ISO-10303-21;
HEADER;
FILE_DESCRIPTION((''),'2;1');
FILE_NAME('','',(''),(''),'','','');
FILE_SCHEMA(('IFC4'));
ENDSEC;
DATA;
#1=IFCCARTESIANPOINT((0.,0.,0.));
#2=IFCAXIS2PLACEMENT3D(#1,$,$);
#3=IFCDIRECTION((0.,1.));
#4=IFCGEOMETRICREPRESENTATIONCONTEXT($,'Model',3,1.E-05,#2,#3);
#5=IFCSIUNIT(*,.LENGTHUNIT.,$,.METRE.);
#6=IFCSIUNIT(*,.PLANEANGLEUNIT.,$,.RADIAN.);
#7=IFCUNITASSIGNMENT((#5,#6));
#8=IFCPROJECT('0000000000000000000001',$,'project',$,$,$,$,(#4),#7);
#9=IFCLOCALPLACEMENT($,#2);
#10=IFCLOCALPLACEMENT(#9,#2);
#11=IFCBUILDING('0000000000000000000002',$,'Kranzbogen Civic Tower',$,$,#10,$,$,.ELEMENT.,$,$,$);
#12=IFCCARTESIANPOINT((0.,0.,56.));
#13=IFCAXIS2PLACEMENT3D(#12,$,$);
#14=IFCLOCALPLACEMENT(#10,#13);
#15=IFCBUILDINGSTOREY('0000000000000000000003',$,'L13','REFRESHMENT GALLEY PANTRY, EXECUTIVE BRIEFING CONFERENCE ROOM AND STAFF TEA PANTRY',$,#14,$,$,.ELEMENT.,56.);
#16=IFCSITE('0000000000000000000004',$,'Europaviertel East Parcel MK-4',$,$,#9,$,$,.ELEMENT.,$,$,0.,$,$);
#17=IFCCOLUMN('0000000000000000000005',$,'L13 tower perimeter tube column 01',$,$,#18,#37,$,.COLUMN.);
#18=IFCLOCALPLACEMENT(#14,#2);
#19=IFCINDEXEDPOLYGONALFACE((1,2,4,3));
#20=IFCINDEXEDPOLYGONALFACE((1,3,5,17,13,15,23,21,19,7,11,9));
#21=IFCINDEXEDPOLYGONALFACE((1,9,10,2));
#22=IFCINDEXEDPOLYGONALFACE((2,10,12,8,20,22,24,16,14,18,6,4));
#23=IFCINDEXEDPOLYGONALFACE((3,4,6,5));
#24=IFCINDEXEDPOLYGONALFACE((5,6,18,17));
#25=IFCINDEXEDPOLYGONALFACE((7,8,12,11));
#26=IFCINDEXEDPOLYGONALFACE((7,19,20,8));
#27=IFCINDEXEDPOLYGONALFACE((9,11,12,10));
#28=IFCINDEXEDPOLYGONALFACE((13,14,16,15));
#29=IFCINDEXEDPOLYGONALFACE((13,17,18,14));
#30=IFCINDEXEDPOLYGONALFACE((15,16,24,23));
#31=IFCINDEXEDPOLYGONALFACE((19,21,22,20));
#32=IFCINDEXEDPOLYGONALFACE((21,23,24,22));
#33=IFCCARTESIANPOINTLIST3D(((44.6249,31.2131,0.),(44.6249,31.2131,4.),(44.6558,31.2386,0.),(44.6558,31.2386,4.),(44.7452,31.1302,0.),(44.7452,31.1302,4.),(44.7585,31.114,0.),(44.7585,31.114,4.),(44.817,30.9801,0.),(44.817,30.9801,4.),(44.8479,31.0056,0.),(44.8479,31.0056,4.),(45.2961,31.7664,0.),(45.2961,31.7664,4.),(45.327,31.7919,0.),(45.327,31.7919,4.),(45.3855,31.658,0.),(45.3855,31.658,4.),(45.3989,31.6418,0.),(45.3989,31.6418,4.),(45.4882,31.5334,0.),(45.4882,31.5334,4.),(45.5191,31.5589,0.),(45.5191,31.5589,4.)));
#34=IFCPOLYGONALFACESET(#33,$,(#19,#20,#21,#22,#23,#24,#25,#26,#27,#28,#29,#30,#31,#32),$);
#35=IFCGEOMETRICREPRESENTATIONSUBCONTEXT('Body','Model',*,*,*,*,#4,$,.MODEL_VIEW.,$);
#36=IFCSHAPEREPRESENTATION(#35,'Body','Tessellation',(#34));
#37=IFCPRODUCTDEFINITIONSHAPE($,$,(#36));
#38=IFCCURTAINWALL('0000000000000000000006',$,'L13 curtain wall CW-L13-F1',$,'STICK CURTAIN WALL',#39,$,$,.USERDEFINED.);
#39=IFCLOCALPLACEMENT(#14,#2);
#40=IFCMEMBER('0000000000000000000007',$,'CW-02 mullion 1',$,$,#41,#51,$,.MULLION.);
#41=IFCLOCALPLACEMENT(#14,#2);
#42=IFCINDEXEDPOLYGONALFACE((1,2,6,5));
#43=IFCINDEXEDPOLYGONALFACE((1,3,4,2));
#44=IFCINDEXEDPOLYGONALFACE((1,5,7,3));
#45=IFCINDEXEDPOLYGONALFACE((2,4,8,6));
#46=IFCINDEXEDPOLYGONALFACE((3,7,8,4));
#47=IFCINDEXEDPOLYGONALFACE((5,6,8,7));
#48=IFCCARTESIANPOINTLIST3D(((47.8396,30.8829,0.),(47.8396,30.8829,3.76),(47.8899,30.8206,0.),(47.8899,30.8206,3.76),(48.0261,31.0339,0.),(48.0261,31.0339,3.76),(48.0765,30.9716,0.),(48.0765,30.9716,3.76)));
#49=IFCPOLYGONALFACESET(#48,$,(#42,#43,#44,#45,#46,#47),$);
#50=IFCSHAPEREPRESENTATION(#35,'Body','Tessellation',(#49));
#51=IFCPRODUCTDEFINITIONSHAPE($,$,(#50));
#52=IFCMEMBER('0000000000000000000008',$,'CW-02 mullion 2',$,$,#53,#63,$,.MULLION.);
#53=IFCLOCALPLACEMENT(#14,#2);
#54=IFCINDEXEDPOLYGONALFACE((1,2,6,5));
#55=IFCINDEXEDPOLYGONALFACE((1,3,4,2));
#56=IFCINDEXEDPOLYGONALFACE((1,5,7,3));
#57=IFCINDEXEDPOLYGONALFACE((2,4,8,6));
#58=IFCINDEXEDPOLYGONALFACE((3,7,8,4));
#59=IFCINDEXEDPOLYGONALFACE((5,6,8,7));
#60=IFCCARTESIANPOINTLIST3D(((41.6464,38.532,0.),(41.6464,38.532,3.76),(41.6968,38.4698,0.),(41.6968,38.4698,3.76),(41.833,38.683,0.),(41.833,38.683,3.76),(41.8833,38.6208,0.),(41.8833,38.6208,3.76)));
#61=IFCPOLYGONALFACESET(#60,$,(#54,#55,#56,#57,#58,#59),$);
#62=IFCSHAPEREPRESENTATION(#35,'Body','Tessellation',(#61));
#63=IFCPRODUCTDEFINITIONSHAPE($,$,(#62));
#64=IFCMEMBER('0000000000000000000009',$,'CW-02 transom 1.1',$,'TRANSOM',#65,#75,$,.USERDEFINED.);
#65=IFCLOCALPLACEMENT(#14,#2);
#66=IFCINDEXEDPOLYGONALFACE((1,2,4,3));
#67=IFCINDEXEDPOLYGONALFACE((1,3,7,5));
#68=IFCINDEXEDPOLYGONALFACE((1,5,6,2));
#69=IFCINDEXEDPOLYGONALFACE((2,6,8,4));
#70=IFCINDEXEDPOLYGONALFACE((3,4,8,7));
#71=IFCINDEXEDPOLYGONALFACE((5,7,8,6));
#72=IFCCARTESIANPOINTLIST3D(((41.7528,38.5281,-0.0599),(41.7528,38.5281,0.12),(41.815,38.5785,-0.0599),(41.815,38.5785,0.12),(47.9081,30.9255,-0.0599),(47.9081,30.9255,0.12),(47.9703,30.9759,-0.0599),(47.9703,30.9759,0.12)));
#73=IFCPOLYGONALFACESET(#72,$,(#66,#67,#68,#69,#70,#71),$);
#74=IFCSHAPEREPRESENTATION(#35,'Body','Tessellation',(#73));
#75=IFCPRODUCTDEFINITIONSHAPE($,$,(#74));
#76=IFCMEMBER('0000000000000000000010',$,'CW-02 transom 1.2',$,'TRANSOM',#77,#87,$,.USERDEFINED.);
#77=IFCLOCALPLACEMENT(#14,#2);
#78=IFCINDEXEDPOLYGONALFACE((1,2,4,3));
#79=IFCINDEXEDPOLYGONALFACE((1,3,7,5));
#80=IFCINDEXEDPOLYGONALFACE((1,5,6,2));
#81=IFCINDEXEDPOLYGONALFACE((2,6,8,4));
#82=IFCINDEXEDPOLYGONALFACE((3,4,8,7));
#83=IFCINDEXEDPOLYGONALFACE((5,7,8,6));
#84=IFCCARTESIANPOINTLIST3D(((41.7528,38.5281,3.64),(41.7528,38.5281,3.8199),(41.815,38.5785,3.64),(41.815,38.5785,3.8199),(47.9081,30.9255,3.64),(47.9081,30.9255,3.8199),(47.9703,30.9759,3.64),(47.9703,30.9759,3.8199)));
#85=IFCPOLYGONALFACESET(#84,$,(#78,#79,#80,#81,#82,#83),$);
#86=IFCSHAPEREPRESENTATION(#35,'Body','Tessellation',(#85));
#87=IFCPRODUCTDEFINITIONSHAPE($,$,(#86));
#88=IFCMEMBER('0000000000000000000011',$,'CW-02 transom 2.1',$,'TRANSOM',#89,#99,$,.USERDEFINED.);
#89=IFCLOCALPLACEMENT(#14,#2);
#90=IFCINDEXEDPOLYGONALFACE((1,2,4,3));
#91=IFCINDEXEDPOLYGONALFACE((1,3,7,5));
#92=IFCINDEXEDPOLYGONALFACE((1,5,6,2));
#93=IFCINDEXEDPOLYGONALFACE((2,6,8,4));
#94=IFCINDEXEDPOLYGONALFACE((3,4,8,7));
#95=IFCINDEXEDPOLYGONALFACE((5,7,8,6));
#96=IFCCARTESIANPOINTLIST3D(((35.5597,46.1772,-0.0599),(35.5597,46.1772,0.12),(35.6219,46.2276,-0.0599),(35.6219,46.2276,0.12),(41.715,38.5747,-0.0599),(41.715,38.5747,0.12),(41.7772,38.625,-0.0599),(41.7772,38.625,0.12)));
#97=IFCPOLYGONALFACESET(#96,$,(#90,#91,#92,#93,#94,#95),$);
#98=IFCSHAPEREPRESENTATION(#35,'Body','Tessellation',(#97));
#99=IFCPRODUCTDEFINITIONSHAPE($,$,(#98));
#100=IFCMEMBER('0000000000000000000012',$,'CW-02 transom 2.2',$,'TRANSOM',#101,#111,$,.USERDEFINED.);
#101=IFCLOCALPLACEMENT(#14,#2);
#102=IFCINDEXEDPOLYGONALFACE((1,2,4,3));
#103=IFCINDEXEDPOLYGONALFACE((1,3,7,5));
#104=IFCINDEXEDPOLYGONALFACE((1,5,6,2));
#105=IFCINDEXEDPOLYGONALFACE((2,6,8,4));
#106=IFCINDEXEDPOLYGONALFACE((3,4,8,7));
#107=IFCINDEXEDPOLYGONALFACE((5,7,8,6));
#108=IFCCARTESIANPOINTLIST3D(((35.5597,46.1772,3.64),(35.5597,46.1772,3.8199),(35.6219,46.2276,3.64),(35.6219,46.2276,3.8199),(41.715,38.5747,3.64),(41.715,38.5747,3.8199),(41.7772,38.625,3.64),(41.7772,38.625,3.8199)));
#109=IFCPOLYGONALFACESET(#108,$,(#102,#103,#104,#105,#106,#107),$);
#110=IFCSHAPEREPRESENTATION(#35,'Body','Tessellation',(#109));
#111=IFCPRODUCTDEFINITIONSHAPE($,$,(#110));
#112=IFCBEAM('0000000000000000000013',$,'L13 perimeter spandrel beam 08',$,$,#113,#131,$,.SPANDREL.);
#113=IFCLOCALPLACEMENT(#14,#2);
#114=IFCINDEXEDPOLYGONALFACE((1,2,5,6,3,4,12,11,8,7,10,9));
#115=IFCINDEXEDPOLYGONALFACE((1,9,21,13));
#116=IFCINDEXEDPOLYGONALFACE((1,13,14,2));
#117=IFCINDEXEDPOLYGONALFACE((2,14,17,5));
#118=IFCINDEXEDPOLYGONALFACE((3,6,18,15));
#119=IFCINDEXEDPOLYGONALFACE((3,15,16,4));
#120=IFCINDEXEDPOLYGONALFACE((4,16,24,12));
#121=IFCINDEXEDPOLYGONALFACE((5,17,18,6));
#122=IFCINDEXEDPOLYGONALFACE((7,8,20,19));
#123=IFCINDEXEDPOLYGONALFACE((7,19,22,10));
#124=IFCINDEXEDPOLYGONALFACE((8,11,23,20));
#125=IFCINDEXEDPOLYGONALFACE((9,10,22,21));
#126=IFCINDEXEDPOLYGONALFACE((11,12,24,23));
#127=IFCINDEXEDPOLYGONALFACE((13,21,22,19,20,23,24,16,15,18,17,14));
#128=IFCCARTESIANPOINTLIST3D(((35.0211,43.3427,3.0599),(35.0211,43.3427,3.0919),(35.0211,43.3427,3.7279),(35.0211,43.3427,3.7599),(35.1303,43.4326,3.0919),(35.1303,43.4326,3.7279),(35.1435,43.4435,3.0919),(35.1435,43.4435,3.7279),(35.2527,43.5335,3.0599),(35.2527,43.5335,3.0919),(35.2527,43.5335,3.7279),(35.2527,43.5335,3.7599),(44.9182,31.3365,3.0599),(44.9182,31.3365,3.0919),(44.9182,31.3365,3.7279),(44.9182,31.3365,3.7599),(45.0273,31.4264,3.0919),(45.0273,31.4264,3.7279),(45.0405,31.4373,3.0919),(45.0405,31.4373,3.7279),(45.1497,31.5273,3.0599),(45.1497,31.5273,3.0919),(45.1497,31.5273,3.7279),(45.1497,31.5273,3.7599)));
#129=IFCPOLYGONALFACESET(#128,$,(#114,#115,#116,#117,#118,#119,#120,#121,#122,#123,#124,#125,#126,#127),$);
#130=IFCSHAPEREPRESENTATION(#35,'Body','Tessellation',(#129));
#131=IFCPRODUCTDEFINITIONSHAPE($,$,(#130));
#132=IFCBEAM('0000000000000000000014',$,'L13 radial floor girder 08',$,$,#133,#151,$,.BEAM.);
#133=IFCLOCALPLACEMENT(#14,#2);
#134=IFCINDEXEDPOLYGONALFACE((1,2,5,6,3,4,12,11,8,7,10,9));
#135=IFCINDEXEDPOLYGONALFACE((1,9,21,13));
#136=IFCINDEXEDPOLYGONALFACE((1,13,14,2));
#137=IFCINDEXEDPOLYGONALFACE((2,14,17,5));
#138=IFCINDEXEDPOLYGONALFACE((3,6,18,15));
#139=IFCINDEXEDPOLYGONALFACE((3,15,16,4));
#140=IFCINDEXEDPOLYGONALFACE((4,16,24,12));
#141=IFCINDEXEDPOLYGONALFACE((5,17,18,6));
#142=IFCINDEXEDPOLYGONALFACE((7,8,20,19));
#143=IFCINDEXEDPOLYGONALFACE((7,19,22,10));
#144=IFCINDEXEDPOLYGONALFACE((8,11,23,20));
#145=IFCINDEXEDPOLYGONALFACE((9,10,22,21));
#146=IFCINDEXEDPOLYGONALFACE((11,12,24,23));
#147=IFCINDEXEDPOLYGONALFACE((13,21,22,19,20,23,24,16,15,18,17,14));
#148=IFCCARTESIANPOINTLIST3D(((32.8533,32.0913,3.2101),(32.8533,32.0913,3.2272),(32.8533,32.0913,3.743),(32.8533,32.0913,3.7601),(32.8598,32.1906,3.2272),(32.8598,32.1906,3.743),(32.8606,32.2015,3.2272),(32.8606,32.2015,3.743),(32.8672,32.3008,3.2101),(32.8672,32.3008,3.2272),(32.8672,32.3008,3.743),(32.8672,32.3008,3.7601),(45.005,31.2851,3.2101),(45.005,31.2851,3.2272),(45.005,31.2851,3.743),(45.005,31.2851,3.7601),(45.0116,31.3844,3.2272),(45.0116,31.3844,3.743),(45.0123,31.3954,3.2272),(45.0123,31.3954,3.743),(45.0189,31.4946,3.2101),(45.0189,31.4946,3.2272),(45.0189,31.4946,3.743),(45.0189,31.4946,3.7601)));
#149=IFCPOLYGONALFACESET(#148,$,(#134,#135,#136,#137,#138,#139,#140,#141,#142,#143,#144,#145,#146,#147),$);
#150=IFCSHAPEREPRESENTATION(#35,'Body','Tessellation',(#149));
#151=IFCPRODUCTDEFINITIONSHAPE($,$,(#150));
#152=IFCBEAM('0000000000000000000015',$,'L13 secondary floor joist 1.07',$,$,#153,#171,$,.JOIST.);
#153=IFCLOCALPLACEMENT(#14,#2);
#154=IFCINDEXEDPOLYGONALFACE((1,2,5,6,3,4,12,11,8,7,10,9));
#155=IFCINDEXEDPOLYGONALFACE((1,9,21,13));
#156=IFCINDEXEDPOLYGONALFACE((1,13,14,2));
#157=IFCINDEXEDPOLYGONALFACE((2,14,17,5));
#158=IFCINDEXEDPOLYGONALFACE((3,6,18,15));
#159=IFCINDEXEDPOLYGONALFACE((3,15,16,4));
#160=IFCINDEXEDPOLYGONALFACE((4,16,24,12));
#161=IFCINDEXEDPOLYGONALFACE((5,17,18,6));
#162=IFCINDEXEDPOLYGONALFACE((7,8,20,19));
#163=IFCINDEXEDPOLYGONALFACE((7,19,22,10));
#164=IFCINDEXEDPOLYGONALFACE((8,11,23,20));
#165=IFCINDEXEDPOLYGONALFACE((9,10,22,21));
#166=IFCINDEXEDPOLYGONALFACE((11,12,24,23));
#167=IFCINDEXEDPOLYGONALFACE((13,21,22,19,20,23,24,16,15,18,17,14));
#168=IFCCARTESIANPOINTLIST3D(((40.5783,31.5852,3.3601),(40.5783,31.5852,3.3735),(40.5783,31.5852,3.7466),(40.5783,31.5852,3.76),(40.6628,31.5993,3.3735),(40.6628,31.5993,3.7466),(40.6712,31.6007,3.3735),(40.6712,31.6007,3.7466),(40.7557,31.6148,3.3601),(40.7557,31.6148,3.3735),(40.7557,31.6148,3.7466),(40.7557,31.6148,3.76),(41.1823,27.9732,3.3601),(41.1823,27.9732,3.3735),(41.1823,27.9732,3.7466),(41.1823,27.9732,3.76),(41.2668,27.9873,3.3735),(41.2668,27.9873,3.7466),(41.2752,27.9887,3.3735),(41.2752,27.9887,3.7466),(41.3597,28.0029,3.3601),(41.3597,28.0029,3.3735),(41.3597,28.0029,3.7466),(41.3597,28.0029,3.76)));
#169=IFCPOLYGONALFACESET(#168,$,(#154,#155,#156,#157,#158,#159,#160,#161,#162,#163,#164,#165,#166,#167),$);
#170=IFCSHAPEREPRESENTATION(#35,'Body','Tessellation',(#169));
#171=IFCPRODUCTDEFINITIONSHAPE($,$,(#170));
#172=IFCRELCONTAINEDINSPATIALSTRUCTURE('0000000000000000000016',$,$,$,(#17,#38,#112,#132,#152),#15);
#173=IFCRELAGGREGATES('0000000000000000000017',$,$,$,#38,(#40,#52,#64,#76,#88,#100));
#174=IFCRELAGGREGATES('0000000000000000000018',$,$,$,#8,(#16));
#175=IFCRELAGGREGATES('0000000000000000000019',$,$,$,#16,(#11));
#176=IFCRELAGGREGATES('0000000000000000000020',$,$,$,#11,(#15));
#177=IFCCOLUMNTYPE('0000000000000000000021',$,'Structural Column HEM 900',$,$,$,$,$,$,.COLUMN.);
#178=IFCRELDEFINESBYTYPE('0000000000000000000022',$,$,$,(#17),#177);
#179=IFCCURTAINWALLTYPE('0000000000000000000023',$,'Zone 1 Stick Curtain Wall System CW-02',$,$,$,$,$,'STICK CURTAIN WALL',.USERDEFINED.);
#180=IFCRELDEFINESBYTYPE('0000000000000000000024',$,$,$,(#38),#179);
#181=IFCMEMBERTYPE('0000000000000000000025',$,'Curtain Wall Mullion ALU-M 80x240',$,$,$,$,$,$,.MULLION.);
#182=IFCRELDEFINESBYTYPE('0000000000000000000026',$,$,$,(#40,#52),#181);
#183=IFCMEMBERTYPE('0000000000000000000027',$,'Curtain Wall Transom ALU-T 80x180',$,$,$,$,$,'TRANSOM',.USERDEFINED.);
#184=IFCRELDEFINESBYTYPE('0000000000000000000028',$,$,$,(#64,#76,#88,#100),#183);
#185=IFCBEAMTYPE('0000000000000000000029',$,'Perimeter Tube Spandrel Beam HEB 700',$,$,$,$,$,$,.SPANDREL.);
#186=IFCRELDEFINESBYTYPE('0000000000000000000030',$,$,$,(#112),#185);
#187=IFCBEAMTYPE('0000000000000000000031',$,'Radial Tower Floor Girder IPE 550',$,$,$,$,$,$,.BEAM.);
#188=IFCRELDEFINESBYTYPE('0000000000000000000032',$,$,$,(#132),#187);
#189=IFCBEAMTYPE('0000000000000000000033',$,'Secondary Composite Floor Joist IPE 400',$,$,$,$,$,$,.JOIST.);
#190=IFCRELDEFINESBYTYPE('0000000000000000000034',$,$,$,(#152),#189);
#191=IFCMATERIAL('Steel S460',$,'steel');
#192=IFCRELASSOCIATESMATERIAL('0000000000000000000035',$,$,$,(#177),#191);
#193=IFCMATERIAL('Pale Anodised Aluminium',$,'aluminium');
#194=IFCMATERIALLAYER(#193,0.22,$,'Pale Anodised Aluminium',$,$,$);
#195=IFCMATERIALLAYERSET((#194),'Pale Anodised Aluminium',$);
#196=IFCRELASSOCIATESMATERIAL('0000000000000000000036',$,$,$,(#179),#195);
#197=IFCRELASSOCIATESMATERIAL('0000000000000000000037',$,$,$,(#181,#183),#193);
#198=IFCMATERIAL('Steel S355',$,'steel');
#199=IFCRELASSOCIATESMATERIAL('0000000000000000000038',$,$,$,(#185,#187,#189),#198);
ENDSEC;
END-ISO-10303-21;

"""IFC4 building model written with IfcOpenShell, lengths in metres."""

from ifc_helpers import new_model, si_unit, direction, frame, origin, origin_2d, place, context, subcontext, project, spatial, rectangle, i_section, extrude, material, layer, layer_set, material_profile, profile_set, type_object, element, aggregate, save


model = new_model("IFC4")

# Units and contexts
model_context = context("Model", 3, precision=1e-05, world=origin(), true_north=direction((0.0, 1.0)))
body_context = subcontext(model_context, "Body", "Model", "MODEL_VIEW")
ifc_project = project(units=[si_unit("LENGTHUNIT", "METRE"), si_unit("PLANEANGLEUNIT", "RADIAN")], contexts=[model_context])

# Site, building, storey
site_placement = place(None, origin())
site = spatial("IfcSite", under=ifc_project, at=site_placement, Name="Europaviertel East Parcel MK-4", CompositionType="ELEMENT", RefElevation=0.0)
building_placement = place(site_placement, origin())
building = spatial("IfcBuilding", under=site, at=building_placement, Name="Kranzbogen Civic Tower", CompositionType="ELEMENT")
storey_placement = place(building_placement, frame((0.0, 0.0, 56.0)))
storey = spatial("IfcBuildingStorey", under=building, at=storey_placement, Name="L13", Description="REFRESHMENT GALLEY PANTRY, EXECUTIVE BRIEFING CONFERENCE ROOM AND STAFF TEA PANTRY", CompositionType="ELEMENT", Elevation=56.0)

# Column
ifc_material_1 = material(Name="Steel S460", Category="steel")
ifc_material_profile_1 = material_profile(ifc_material_1, i_section(OverallWidth=0.302, OverallDepth=0.9099, WebThickness=0.021, FlangeThickness=0.04, at=origin_2d()), Name="HEM 900")
ifc_profile_set_1 = profile_set([ifc_material_profile_1], Name="Steel S460")
column_type = type_object("IfcColumnType", Name="Structural Column HEM 900", PredefinedType="COLUMN", material=ifc_profile_set_1)
column_placement = place(storey_placement, frame((45.072, 31.386, 0.0), z_axis=(0.0, 0.0, 1.0), x_axis=(-0.636078, 0.771625, 0.0)))
element("IfcColumn", 1, at=column_placement, inside=storey, type_object=column_type, Name="L13 tower perimeter tube column 01", PredefinedType="COLUMN", context=body_context, shape_type="SweptSolid", body=[
    extrude(i_section(OverallWidth=0.302, OverallDepth=0.9099, WebThickness=0.021, FlangeThickness=0.04, at=origin_2d()), origin(), (0.0, 0.0, 1.0), 4.0),
])

# Curtain wall, members
ifc_material_2 = material(Name="Pale Anodised Aluminium", Category="aluminium")
ifc_layer_1 = layer(ifc_material_2, 0.22, Name="Pale Anodised Aluminium")
ifc_layer_set_1 = layer_set([ifc_layer_1], Name="Pale Anodised Aluminium")
curtain_wall_type = type_object("IfcCurtainWallType", Name="Zone 1 Stick Curtain Wall System CW-02", ElementType="STICK CURTAIN WALL", PredefinedType="USERDEFINED", material=ifc_layer_set_1)
curtain_wall_placement = place(storey_placement, origin())
curtain_wall = element("IfcCurtainWall", 2, at=curtain_wall_placement, inside=storey, type_object=curtain_wall_type, Name="L13 curtain wall CW-L13-F1", ObjectType="STICK CURTAIN WALL", PredefinedType="USERDEFINED")
ifc_material_profile_2 = material_profile(ifc_material_2, rectangle(XDim=0.0801, YDim=0.24, at=origin_2d()), Name="ALU-M 80x240")
ifc_profile_set_2 = profile_set([ifc_material_profile_2], Name="Pale Anodised Aluminium")
member_type_1 = type_object("IfcMemberType", Name="Curtain Wall Mullion ALU-M 80x240", PredefinedType="MULLION", material=ifc_profile_set_2)
member_1_placement = place(storey_placement, frame((47.958, 30.9272, 0.0), z_axis=(0.0, 0.0, 1.0), x_axis=(-0.629255, 0.777199, 0.0)))
member_1 = element("IfcMember", 3, at=member_1_placement, type_object=member_type_1, Name="CW-02 mullion 1", PredefinedType="MULLION", context=body_context, shape_type="SweptSolid", body=[
    extrude(rectangle(XDim=0.0801, YDim=0.24, at=origin_2d()), origin(), (0.0, 0.0, 1.0), 3.76),
])
member_2_placement = place(storey_placement, frame((41.7649, 38.5764, 0.0), z_axis=(0.0, 0.0, 1.0), x_axis=(-0.629255, 0.777199, 0.0)))
member_2 = element("IfcMember", 4, at=member_2_placement, type_object=member_type_1, Name="CW-02 mullion 2", PredefinedType="MULLION", context=body_context, shape_type="SweptSolid", body=[
    extrude(rectangle(XDim=0.0801, YDim=0.24, at=origin_2d()), origin(), (0.0, 0.0, 1.0), 3.76),
])
ifc_material_profile_3 = material_profile(ifc_material_2, rectangle(XDim=0.0801, YDim=0.1799, at=origin_2d()), Name="ALU-T 80x180")
ifc_profile_set_3 = profile_set([ifc_material_profile_3], Name="Pale Anodised Aluminium")
member_type_2 = type_object("IfcMemberType", Name="Curtain Wall Transom ALU-T 80x180", ElementType="TRANSOM", PredefinedType="USERDEFINED", material=ifc_profile_set_3)
member_3_placement = place(storey_placement, frame((47.9392, 30.9507, 0.03), z_axis=(-0.62925, 0.777203, 0.0), x_axis=(-0.777203, -0.62925, 0.0)))
member_3 = element("IfcMember", 5, at=member_3_placement, type_object=member_type_2, Name="CW-02 transom 1.1", ObjectType="TRANSOM", PredefinedType="USERDEFINED", context=body_context, shape_type="SweptSolid", body=[
    extrude(rectangle(XDim=0.0801, YDim=0.1799, at=origin_2d()), origin(), (0.0, 0.0, 1.0), 9.782),
])
member_4_placement = place(storey_placement, frame((47.9392, 30.9507, 3.73), z_axis=(-0.62925, 0.777203, 0.0), x_axis=(-0.777203, -0.62925, 0.0)))
member_4 = element("IfcMember", 6, at=member_4_placement, type_object=member_type_2, Name="CW-02 transom 1.2", ObjectType="TRANSOM", PredefinedType="USERDEFINED", context=body_context, shape_type="SweptSolid", body=[
    extrude(rectangle(XDim=0.0801, YDim=0.1799, at=origin_2d()), origin(), (0.0, 0.0, 1.0), 9.782),
])
member_5_placement = place(storey_placement, frame((41.7461, 38.5999, 0.03), z_axis=(-0.62925, 0.777203, 0.0), x_axis=(-0.777203, -0.62925, 0.0)))
member_5 = element("IfcMember", 7, at=member_5_placement, type_object=member_type_2, Name="CW-02 transom 2.1", ObjectType="TRANSOM", PredefinedType="USERDEFINED", context=body_context, shape_type="SweptSolid", body=[
    extrude(rectangle(XDim=0.0801, YDim=0.1799, at=origin_2d()), origin(), (0.0, 0.0, 1.0), 9.782),
])
member_6_placement = place(storey_placement, frame((41.7461, 38.5999, 3.73), z_axis=(-0.62925, 0.777203, 0.0), x_axis=(-0.777203, -0.62925, 0.0)))
member_6 = element("IfcMember", 8, at=member_6_placement, type_object=member_type_2, Name="CW-02 transom 2.2", ObjectType="TRANSOM", PredefinedType="USERDEFINED", context=body_context, shape_type="SweptSolid", body=[
    extrude(rectangle(XDim=0.0801, YDim=0.1799, at=origin_2d()), origin(), (0.0, 0.0, 1.0), 9.782),
])

# Beams
ifc_material_3 = material(Name="Steel S355", Category="steel")
ifc_material_profile_4 = material_profile(ifc_material_3, i_section(OverallWidth=0.3, OverallDepth=0.7, WebThickness=0.0171, FlangeThickness=0.032, at=origin_2d()), Name="HEB 700")
ifc_profile_set_4 = profile_set([ifc_material_profile_4], Name="Steel S355")
beam_type_1 = type_object("IfcBeamType", Name="Perimeter Tube Spandrel Beam HEB 700", PredefinedType="SPANDREL", material=ifc_profile_set_4)
beam_1_placement = place(storey_placement, frame((45.0339, 31.4319, 3.4099), z_axis=(-0.636075, 0.771628, 0.0), x_axis=(-0.771628, -0.636075, 0.0)))
element("IfcBeam", 9, at=beam_1_placement, inside=storey, type_object=beam_type_1, Name="L13 perimeter spandrel beam 08", PredefinedType="SPANDREL", context=body_context, shape_type="SweptSolid", body=[
    extrude(i_section(OverallWidth=0.3, OverallDepth=0.7, WebThickness=0.0171, FlangeThickness=0.032, at=origin_2d()), origin(), (0.0, 0.0, 1.0), 15.5596),
])
ifc_material_profile_5 = material_profile(ifc_material_3, i_section(OverallWidth=0.21, OverallDepth=0.55, WebThickness=0.011, FlangeThickness=0.0171, at=origin_2d()), Name="IPE 550")
ifc_profile_set_5 = profile_set([ifc_material_profile_5], Name="Steel S355")
beam_type_2 = type_object("IfcBeamType", Name="Radial Tower Floor Girder IPE 550", PredefinedType="BEAM", material=ifc_profile_set_5)
beam_2_placement = place(storey_placement, frame((45.012, 31.3899, 3.4851), z_axis=(-0.997807, 0.066194, 0.0), x_axis=(-0.066194, -0.997807, 0.0)))
element("IfcBeam", 10, at=beam_2_placement, inside=storey, type_object=beam_type_2, Name="L13 radial floor girder 08", PredefinedType="BEAM", context=body_context, shape_type="SweptSolid", body=[
    extrude(i_section(OverallWidth=0.21, OverallDepth=0.55, WebThickness=0.011, FlangeThickness=0.0171, at=origin_2d()), origin(), (0.0, 0.0, 1.0), 12.1785),
])
ifc_material_profile_6 = material_profile(ifc_material_3, i_section(OverallWidth=0.1799, OverallDepth=0.3999, WebThickness=0.0085, FlangeThickness=0.0134, at=origin_2d()), Name="IPE 400")
ifc_profile_set_6 = profile_set([ifc_material_profile_6], Name="Steel S355")
beam_type_3 = type_object("IfcBeamType", Name="Secondary Composite Floor Joist IPE 400", PredefinedType="JOIST", material=ifc_profile_set_6)
beam_3_placement = place(storey_placement, frame((41.271, 27.988, 3.5601), z_axis=(-0.164929, 0.986305, 0.0), x_axis=(-0.986305, -0.164929, 0.0)))
element("IfcBeam", 11, at=beam_3_placement, inside=storey, type_object=beam_type_3, Name="L13 secondary floor joist 1.07", PredefinedType="JOIST", context=body_context, shape_type="SweptSolid", body=[
    extrude(i_section(OverallWidth=0.1799, OverallDepth=0.3999, WebThickness=0.0085, FlangeThickness=0.0134, at=origin_2d()), origin(), (0.0, 0.0, 1.0), 3.6621),
])

aggregate(curtain_wall, [member_1, member_2, member_3, member_4, member_5, member_6])

save(model, "model.ifc")
